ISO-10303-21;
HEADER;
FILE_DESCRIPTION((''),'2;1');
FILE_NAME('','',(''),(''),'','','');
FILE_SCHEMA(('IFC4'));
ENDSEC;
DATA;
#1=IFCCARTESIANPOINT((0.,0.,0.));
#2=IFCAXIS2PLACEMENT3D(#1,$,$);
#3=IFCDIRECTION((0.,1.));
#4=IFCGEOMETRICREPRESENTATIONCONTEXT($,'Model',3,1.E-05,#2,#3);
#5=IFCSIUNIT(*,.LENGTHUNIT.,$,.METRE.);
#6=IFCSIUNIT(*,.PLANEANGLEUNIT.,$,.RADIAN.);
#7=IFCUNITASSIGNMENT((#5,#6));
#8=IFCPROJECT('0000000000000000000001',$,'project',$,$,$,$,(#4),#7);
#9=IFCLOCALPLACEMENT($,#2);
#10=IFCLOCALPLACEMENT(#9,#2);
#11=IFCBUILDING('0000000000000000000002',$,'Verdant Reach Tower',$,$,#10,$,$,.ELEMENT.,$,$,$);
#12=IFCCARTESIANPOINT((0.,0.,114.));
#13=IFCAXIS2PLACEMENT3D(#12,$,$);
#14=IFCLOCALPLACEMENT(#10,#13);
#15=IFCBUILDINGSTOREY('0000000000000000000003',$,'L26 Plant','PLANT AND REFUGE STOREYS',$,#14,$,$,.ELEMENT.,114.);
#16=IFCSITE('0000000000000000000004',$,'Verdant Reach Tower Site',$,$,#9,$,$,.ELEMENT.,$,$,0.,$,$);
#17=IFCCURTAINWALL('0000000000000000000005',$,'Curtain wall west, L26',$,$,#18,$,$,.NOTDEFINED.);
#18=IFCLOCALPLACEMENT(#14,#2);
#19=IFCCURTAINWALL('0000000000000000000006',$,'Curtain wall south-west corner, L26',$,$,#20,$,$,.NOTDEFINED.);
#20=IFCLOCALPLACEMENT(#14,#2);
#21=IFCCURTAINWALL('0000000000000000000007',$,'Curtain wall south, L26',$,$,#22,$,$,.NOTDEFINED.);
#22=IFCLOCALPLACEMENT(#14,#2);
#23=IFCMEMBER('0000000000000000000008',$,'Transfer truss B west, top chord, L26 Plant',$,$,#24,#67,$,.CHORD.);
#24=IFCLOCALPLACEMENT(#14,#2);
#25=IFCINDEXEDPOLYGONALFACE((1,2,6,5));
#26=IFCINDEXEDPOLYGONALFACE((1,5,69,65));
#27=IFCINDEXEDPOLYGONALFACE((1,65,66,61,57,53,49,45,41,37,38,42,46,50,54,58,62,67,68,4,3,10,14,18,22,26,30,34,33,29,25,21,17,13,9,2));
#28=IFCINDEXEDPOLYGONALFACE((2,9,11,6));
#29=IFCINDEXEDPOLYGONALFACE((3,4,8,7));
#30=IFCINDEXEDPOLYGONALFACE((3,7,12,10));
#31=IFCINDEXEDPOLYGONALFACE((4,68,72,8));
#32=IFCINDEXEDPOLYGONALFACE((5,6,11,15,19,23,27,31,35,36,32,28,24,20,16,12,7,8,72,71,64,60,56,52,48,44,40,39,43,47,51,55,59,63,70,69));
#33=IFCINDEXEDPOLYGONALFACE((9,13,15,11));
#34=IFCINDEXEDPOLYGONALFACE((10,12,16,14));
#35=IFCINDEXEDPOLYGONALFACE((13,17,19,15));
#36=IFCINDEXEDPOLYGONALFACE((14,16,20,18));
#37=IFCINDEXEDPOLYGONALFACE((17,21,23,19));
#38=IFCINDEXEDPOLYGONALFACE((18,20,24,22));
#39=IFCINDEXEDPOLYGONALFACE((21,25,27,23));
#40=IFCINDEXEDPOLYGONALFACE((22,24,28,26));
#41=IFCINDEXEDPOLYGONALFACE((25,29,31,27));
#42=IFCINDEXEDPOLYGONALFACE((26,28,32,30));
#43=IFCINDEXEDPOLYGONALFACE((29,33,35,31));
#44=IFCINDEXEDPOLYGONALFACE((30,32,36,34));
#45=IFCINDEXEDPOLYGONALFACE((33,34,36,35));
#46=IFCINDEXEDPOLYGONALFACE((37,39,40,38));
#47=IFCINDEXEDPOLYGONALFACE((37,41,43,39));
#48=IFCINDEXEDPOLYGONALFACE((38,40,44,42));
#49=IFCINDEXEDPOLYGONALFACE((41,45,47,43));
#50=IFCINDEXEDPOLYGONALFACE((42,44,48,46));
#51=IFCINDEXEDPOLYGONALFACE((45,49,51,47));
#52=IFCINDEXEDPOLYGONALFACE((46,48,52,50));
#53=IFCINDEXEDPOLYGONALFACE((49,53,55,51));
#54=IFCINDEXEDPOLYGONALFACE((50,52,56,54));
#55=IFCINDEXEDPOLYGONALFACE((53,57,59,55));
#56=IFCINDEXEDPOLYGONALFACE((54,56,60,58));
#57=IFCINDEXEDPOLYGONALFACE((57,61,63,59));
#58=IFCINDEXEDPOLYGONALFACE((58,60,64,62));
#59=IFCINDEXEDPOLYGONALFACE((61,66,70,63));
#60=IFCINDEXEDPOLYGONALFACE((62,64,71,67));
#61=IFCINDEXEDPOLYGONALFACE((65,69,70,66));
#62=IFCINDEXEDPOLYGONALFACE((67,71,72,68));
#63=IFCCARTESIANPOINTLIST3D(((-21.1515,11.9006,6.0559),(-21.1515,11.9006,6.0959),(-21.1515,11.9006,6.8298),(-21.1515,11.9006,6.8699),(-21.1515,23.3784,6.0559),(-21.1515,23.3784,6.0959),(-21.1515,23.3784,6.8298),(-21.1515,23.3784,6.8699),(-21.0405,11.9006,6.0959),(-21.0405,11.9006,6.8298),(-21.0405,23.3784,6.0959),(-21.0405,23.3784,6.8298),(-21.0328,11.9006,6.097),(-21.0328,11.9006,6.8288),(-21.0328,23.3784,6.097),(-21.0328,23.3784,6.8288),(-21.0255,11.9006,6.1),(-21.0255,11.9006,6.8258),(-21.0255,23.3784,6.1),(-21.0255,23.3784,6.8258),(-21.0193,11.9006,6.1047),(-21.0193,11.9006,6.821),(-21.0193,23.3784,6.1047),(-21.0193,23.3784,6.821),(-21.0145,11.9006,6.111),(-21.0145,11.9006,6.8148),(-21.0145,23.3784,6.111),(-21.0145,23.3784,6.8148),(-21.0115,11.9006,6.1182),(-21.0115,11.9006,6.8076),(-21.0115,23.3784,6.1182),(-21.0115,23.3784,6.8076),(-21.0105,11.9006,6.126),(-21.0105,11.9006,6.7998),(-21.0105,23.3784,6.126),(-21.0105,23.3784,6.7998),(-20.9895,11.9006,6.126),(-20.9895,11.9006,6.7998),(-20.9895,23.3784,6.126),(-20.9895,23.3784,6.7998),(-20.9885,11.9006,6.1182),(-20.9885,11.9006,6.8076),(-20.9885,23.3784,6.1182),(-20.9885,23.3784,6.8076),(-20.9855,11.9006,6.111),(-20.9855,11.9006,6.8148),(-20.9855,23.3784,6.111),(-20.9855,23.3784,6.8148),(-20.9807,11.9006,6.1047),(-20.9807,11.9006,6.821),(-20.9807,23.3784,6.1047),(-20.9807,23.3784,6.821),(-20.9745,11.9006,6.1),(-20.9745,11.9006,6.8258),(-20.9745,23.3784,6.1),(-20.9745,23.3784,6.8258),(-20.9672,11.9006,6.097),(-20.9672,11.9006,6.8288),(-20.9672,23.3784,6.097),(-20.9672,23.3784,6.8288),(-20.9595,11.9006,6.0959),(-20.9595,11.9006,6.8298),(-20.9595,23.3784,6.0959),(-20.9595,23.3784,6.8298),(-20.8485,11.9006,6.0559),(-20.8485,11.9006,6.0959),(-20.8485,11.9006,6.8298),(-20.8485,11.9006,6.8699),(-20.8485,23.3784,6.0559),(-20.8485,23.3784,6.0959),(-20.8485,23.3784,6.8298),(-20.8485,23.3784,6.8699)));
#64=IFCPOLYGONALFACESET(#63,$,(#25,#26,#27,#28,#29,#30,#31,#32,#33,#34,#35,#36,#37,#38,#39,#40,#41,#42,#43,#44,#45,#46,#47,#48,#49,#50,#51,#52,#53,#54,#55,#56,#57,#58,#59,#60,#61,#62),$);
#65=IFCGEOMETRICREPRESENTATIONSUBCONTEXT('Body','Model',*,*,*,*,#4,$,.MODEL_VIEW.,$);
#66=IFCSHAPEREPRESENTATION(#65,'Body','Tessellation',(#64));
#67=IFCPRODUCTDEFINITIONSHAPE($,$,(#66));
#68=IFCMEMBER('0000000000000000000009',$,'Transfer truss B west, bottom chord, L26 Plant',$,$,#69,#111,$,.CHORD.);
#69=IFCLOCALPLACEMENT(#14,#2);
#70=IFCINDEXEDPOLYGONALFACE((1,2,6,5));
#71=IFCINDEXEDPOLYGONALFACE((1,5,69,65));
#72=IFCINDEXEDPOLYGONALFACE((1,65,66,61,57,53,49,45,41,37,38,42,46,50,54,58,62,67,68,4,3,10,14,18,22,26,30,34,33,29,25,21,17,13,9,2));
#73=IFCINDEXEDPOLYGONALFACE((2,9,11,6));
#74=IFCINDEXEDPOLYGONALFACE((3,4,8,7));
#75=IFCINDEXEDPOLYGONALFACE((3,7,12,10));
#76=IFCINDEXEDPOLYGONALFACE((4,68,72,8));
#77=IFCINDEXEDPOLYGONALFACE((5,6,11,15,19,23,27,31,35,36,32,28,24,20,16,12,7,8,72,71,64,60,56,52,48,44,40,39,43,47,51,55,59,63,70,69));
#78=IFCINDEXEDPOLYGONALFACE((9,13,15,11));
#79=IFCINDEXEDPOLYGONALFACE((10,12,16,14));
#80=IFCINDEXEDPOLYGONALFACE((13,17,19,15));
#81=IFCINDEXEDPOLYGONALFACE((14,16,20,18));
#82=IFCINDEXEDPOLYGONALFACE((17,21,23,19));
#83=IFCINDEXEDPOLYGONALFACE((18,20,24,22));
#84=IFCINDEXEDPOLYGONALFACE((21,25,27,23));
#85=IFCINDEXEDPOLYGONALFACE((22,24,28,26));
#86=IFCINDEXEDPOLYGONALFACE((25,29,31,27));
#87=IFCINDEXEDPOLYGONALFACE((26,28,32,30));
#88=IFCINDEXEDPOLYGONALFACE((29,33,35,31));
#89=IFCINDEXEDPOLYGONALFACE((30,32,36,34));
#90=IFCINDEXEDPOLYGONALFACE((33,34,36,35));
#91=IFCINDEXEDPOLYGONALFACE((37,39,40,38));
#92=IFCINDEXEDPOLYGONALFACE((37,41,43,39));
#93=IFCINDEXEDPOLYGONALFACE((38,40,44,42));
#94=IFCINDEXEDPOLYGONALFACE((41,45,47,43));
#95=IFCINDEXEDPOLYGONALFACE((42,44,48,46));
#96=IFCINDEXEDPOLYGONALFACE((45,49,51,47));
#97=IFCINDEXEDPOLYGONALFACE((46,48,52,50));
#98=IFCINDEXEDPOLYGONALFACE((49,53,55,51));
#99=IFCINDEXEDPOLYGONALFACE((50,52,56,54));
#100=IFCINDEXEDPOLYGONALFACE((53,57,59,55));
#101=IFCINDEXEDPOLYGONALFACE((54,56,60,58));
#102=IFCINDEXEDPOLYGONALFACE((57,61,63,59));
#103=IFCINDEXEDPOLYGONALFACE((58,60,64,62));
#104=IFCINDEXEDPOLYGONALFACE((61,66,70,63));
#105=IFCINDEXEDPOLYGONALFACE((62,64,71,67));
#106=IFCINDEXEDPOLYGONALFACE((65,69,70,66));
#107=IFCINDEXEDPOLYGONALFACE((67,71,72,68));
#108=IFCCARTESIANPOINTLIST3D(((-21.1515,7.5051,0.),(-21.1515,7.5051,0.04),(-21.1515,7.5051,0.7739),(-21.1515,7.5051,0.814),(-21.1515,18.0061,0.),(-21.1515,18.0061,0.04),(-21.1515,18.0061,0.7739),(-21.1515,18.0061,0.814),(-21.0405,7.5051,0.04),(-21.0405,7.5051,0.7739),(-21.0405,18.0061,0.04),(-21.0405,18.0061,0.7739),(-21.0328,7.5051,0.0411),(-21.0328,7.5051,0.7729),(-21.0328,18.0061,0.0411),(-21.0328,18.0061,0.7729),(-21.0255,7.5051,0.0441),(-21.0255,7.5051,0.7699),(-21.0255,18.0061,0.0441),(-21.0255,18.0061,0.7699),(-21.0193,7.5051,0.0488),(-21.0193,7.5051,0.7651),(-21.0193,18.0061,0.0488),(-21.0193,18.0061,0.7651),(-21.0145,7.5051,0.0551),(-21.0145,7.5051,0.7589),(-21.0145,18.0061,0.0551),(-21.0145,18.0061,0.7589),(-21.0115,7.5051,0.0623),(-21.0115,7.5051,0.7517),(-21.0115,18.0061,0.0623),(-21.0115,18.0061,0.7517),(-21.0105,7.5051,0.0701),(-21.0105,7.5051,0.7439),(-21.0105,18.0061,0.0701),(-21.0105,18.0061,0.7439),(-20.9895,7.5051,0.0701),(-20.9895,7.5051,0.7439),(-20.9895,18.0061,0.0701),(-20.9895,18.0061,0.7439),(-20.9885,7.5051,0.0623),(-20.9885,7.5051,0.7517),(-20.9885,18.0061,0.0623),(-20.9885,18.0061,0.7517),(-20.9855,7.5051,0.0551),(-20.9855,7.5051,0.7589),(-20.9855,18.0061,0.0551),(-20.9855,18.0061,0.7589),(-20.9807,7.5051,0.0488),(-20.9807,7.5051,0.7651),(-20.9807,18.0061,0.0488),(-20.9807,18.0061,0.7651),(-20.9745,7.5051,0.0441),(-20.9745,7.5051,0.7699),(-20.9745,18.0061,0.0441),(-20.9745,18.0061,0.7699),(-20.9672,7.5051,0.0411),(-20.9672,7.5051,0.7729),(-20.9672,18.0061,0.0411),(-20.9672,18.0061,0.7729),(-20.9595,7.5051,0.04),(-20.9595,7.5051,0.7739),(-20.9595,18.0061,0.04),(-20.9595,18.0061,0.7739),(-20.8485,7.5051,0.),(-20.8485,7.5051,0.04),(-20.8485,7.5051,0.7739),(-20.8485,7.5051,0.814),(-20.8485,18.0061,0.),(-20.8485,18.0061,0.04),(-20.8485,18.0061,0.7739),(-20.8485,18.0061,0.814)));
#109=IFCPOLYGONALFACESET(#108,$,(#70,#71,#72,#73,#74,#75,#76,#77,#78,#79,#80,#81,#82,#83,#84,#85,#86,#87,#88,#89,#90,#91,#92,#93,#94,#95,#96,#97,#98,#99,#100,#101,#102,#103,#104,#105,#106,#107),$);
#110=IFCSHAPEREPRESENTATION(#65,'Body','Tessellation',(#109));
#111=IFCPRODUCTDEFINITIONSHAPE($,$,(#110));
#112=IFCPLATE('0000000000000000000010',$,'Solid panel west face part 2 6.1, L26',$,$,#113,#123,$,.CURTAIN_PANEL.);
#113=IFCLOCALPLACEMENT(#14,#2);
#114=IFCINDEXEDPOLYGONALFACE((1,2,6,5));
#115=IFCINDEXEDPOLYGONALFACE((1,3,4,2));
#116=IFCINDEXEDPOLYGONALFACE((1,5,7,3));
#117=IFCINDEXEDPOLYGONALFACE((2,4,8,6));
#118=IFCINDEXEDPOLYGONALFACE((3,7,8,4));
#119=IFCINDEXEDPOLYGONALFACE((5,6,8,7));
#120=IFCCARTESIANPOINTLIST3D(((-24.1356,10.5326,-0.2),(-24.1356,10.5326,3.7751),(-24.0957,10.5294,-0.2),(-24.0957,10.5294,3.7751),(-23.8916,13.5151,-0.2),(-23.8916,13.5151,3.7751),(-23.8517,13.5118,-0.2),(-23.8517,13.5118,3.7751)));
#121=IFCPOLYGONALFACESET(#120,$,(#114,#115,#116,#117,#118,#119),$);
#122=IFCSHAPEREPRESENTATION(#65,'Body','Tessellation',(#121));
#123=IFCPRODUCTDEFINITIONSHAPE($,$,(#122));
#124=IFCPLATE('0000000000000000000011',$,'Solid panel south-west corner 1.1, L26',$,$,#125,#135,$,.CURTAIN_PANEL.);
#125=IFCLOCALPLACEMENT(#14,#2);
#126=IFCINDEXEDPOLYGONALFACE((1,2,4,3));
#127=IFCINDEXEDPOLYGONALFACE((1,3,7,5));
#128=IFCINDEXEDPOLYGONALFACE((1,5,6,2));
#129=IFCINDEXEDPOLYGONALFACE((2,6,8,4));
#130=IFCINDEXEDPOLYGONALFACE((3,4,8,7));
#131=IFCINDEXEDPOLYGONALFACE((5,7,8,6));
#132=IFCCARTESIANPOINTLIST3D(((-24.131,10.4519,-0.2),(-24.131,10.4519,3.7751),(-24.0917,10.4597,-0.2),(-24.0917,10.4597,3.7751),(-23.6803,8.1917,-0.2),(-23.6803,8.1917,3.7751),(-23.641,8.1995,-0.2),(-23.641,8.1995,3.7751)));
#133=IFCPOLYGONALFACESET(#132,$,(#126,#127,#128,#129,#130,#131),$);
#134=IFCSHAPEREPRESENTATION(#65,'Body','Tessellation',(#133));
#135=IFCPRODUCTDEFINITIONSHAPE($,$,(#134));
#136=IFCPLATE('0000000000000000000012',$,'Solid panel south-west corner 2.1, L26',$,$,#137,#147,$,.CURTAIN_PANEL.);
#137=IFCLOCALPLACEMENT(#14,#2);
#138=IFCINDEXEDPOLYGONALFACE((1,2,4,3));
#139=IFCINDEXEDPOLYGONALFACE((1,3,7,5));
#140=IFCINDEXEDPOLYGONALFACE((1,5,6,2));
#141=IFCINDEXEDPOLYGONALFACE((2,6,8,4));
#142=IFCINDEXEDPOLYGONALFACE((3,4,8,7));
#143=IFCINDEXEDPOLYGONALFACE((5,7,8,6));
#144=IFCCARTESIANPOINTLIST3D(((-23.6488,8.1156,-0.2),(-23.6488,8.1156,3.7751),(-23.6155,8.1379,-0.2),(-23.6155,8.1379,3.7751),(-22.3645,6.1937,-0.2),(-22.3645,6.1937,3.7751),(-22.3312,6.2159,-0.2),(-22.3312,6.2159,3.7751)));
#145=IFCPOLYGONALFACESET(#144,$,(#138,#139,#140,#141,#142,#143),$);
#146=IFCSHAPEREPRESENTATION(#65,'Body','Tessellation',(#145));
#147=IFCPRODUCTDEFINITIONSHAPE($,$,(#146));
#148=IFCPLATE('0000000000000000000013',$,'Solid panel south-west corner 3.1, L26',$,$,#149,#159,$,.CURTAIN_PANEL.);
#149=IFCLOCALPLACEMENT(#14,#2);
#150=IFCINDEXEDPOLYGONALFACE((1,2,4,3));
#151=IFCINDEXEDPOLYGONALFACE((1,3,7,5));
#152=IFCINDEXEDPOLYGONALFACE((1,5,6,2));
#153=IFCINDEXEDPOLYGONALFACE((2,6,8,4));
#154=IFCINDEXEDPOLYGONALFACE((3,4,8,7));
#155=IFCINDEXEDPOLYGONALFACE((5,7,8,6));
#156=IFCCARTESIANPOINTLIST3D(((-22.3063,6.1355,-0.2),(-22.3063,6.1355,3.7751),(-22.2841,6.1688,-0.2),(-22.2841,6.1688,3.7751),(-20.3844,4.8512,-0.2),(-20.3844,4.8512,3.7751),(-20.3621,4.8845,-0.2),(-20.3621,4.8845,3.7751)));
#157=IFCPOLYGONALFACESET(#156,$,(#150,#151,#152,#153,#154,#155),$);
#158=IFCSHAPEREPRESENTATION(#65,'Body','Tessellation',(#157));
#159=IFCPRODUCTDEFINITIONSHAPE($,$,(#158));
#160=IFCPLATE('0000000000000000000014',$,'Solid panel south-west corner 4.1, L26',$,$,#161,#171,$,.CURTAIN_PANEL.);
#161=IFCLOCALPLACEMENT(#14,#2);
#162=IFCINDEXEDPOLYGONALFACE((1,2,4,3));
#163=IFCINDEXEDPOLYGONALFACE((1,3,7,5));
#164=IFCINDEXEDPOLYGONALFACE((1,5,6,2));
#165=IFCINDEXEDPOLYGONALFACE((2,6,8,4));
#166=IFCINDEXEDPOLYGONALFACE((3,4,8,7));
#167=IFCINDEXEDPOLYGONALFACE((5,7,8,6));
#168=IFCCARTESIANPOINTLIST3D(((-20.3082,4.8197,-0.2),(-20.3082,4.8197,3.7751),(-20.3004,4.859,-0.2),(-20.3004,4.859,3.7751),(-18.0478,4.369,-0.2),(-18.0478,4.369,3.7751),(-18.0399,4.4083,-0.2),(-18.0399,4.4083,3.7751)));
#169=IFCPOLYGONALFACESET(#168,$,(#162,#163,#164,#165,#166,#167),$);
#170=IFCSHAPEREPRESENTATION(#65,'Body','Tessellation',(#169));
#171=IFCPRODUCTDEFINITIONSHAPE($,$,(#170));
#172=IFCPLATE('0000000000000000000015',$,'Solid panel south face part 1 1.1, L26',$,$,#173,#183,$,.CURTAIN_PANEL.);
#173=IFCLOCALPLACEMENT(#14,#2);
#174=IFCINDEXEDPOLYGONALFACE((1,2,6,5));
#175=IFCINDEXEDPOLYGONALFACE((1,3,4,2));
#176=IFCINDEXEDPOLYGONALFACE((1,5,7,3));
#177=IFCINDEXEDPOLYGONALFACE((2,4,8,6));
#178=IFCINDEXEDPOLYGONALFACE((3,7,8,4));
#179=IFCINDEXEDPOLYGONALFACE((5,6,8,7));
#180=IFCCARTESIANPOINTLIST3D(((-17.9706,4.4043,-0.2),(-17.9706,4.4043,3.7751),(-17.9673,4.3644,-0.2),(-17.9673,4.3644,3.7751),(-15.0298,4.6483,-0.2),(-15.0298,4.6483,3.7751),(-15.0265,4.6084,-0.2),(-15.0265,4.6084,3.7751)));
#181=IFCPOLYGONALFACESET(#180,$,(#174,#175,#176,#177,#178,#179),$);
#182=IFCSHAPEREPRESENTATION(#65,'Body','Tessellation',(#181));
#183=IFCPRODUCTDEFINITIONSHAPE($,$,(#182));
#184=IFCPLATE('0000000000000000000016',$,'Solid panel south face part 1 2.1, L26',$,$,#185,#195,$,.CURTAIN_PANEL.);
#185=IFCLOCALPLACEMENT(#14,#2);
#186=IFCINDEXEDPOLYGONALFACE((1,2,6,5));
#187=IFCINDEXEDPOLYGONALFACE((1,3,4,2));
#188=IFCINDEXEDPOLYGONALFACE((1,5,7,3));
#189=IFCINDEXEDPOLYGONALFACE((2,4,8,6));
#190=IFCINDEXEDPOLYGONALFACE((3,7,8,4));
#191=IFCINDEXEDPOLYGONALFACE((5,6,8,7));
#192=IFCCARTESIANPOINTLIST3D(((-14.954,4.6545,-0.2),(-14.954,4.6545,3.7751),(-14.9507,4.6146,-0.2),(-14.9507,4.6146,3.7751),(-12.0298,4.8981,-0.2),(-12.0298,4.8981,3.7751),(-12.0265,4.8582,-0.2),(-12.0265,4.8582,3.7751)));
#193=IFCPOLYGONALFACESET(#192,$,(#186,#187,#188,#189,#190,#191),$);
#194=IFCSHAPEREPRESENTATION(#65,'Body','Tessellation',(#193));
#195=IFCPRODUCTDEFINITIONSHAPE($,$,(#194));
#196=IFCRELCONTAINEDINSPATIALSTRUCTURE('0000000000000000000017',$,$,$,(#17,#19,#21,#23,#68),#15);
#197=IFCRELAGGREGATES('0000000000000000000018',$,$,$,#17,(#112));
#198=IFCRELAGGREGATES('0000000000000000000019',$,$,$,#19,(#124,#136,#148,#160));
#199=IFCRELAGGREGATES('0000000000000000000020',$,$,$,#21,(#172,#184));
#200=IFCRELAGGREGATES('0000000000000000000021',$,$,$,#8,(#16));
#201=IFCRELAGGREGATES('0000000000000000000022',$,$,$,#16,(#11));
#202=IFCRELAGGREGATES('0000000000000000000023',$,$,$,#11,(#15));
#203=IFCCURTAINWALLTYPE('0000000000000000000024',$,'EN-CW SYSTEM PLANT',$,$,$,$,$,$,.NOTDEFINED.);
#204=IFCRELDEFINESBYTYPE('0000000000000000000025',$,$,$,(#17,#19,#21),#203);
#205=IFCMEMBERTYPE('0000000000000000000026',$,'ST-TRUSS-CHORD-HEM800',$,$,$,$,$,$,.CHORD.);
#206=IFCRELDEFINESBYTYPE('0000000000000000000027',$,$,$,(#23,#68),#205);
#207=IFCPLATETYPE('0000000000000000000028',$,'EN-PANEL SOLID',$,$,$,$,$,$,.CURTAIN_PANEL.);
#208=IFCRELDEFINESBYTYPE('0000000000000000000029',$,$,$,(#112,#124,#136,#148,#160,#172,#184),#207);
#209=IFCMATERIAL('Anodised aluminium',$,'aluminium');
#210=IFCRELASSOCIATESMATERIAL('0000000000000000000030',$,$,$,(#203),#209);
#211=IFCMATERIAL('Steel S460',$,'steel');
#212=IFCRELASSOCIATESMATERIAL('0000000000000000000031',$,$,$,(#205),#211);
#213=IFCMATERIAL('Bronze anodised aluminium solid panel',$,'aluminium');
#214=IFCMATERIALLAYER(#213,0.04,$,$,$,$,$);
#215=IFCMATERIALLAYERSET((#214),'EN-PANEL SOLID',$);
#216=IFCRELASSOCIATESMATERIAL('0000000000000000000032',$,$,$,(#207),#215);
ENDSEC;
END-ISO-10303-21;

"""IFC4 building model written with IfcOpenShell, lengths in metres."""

from ifc_helpers import new_model, si_unit, direction, frame, origin, origin_2d, place, context, subcontext, project, spatial, rectangle, i_section, extrude, material, layer, layer_set, material_profile, profile_set, type_object, element, aggregate, save


model = new_model("IFC4")

# Units and contexts
model_context = context("Model", 3, precision=1e-05, world=origin(), true_north=direction((0.0, 1.0)))
body_context = subcontext(model_context, "Body", "Model", "MODEL_VIEW")
ifc_project = project(units=[si_unit("LENGTHUNIT", "METRE"), si_unit("PLANEANGLEUNIT", "RADIAN")], contexts=[model_context])

# Site, building, storey
site_placement = place(None, origin())
site = spatial("IfcSite", under=ifc_project, at=site_placement, Name="Verdant Reach Tower Site", CompositionType="ELEMENT", RefElevation=0.0)
building_placement = place(site_placement, origin())
building = spatial("IfcBuilding", under=site, at=building_placement, Name="Verdant Reach Tower", CompositionType="ELEMENT")
storey_placement = place(building_placement, frame((0.0, 0.0, 114.0)))
storey = spatial("IfcBuildingStorey", under=building, at=storey_placement, Name="L26 Plant", Description="PLANT AND REFUGE STOREYS", CompositionType="ELEMENT", Elevation=114.0)

# Shared definitions
ifc_material_1 = material(Name="Steel S460", Category="steel")

# Curtain wall
ifc_material_2 = material(Name="Anodised aluminium", Category="aluminium")
curtain_wall_type = type_object("IfcCurtainWallType", Name="EN-CW SYSTEM PLANT", PredefinedType="NOTDEFINED", material=ifc_material_2)
curtain_wall_1_placement = place(storey_placement, origin())
curtain_wall_1 = element("IfcCurtainWall", 1, at=curtain_wall_1_placement, inside=storey, type_object=curtain_wall_type, Name="Curtain wall west, L26", PredefinedType="NOTDEFINED")

# Curtain walls
curtain_wall_2_placement = place(storey_placement, origin())
curtain_wall_2 = element("IfcCurtainWall", 2, at=curtain_wall_2_placement, inside=storey, type_object=curtain_wall_type, Name="Curtain wall south-west corner, L26", PredefinedType="NOTDEFINED")
curtain_wall_3_placement = place(storey_placement, origin())
curtain_wall_3 = element("IfcCurtainWall", 3, at=curtain_wall_3_placement, inside=storey, type_object=curtain_wall_type, Name="Curtain wall south, L26", PredefinedType="NOTDEFINED")

# Members
ifc_material_profile_1 = material_profile(ifc_material_1, i_section(OverallWidth=0.303, OverallDepth=0.814, WebThickness=0.021, FlangeThickness=0.04, FilletRadius=0.03, at=origin_2d()), Name="HEM 800")
ifc_profile_set_1 = profile_set([ifc_material_profile_1], Name="Steel S460")
member_type_1 = type_object("IfcMemberType", Name="ST-TRUSS-CHORD-HEM800", PredefinedType="CHORD", material=ifc_profile_set_1)
member_1_placement = place(storey_placement, frame((-21.0, 11.9006, 6.4629), z_axis=(0.0, 1.0, 0.0), x_axis=(-1.0, 0.0, 0.0)))
element("IfcMember", 4, at=member_1_placement, inside=storey, type_object=member_type_1, Name="Transfer truss B west, top chord, L26 Plant", PredefinedType="CHORD", context=body_context, shape_type="SweptSolid", body=[
    extrude(i_section(OverallWidth=0.303, OverallDepth=0.814, WebThickness=0.021, FlangeThickness=0.04, FilletRadius=0.03, at=origin_2d()), origin(), (0.0, 0.0, 1.0), 11.4778),
])
member_2_placement = place(storey_placement, frame((-21.0, 7.5051, 0.407), z_axis=(0.0, 1.0, 0.0), x_axis=(-1.0, 0.0, 0.0)))
element("IfcMember", 5, at=member_2_placement, inside=storey, type_object=member_type_1, Name="Transfer truss B west, bottom chord, L26 Plant", PredefinedType="CHORD", context=body_context, shape_type="SweptSolid", body=[
    extrude(i_section(OverallWidth=0.303, OverallDepth=0.814, WebThickness=0.021, FlangeThickness=0.04, FilletRadius=0.03, at=origin_2d()), origin(), (0.0, 0.0, 1.0), 10.501),
])

# Plates
ifc_material_3 = material(Name="Bronze anodised aluminium solid panel", Category="aluminium")
ifc_layer_1 = layer(ifc_material_3, 0.04)
ifc_layer_set_1 = layer_set([ifc_layer_1], Name="EN-PANEL SOLID")
plate_type_1 = type_object("IfcPlateType", Name="EN-PANEL SOLID", PredefinedType="CURTAIN_PANEL", material=ifc_layer_set_1)
plate_1_placement = place(storey_placement, frame((-23.9937, 12.0222, -0.2), z_axis=(0.0, 0.0, 1.0), x_axis=(-0.081542, -0.99667, 0.0)))
plate_1 = element("IfcPlate", 6, at=plate_1_placement, type_object=plate_type_1, Name="Solid panel west face part 2 6.1, L26", PredefinedType="CURTAIN_PANEL", context=body_context, shape_type="SweptSolid", body=[
    extrude(rectangle(XDim=2.9924, YDim=0.04, at=origin_2d()), origin(), (0.0, 0.0, 1.0), 3.9751),
])
plate_2_placement = place(storey_placement, frame((-23.886, 9.3257, -0.2), z_axis=(0.0, 0.0, 1.0), x_axis=(0.195549, -0.980694, 0.0)))
plate_2 = element("IfcPlate", 7, at=plate_2_placement, type_object=plate_type_1, Name="Solid panel south-west corner 1.1, L26", PredefinedType="CURTAIN_PANEL", context=body_context, shape_type="SweptSolid", body=[
    extrude(rectangle(XDim=2.3047, YDim=0.04, at=origin_2d()), origin(), (0.0, 0.0, 1.0), 3.9751),
])
plate_3_placement = place(storey_placement, frame((-22.99, 7.1658, -0.2), z_axis=(0.0, 0.0, 1.0), x_axis=(0.555596, -0.831452, 0.0)))
plate_3 = element("IfcPlate", 8, at=plate_3_placement, type_object=plate_type_1, Name="Solid panel south-west corner 2.1, L26", PredefinedType="CURTAIN_PANEL", context=body_context, shape_type="SweptSolid", body=[
    extrude(rectangle(XDim=2.3115, YDim=0.04, at=origin_2d()), origin(), (0.0, 0.0, 1.0), 3.9751),
])
plate_4_placement = place(storey_placement, frame((-21.3342, 5.51, -0.2), z_axis=(0.0, 0.0, 1.0), x_axis=(0.831452, -0.555596, 0.0)))
plate_4 = element("IfcPlate", 9, at=plate_4_placement, type_object=plate_type_1, Name="Solid panel south-west corner 3.1, L26", PredefinedType="CURTAIN_PANEL", context=body_context, shape_type="SweptSolid", body=[
    extrude(rectangle(XDim=2.3115, YDim=0.04, at=origin_2d()), origin(), (0.0, 0.0, 1.0), 3.9751),
])
plate_5_placement = place(storey_placement, frame((-19.1741, 4.614, -0.2), z_axis=(0.0, 0.0, 1.0), x_axis=(0.980695, -0.195545, 0.0)))
plate_5 = element("IfcPlate", 10, at=plate_5_placement, type_object=plate_type_1, Name="Solid panel south-west corner 4.1, L26", PredefinedType="CURTAIN_PANEL", context=body_context, shape_type="SweptSolid", body=[
    extrude(rectangle(XDim=2.3049, YDim=0.04, at=origin_2d()), origin(), (0.0, 0.0, 1.0), 3.9751),
])
plate_6_placement = place(storey_placement, frame((-16.4985, 4.5063, -0.2), z_axis=(0.0, 0.0, 1.0), x_axis=(0.996578, 0.082664, 0.0)))
plate_6 = element("IfcPlate", 11, at=plate_6_placement, type_object=plate_type_1, Name="Solid panel south face part 1 1.1, L26", PredefinedType="CURTAIN_PANEL", context=body_context, shape_type="SweptSolid", body=[
    extrude(rectangle(XDim=2.9509, YDim=0.04, at=origin_2d()), origin(), (0.0, 0.0, 1.0), 3.9751),
])
plate_7_placement = place(storey_placement, frame((-13.4902, 4.7563, -0.2), z_axis=(0.0, 0.0, 1.0), x_axis=(0.996546, 0.083045, 0.0)))
plate_7 = element("IfcPlate", 12, at=plate_7_placement, type_object=plate_type_1, Name="Solid panel south face part 1 2.1, L26", PredefinedType="CURTAIN_PANEL", context=body_context, shape_type="SweptSolid", body=[
    extrude(rectangle(XDim=2.9343, YDim=0.04, at=origin_2d()), origin(), (0.0, 0.0, 1.0), 3.9751),
])

aggregate(curtain_wall_1, [plate_1])
aggregate(curtain_wall_2, [plate_2, plate_3, plate_4, plate_5])
aggregate(curtain_wall_3, [plate_6, plate_7])

save(model, "model.ifc")
